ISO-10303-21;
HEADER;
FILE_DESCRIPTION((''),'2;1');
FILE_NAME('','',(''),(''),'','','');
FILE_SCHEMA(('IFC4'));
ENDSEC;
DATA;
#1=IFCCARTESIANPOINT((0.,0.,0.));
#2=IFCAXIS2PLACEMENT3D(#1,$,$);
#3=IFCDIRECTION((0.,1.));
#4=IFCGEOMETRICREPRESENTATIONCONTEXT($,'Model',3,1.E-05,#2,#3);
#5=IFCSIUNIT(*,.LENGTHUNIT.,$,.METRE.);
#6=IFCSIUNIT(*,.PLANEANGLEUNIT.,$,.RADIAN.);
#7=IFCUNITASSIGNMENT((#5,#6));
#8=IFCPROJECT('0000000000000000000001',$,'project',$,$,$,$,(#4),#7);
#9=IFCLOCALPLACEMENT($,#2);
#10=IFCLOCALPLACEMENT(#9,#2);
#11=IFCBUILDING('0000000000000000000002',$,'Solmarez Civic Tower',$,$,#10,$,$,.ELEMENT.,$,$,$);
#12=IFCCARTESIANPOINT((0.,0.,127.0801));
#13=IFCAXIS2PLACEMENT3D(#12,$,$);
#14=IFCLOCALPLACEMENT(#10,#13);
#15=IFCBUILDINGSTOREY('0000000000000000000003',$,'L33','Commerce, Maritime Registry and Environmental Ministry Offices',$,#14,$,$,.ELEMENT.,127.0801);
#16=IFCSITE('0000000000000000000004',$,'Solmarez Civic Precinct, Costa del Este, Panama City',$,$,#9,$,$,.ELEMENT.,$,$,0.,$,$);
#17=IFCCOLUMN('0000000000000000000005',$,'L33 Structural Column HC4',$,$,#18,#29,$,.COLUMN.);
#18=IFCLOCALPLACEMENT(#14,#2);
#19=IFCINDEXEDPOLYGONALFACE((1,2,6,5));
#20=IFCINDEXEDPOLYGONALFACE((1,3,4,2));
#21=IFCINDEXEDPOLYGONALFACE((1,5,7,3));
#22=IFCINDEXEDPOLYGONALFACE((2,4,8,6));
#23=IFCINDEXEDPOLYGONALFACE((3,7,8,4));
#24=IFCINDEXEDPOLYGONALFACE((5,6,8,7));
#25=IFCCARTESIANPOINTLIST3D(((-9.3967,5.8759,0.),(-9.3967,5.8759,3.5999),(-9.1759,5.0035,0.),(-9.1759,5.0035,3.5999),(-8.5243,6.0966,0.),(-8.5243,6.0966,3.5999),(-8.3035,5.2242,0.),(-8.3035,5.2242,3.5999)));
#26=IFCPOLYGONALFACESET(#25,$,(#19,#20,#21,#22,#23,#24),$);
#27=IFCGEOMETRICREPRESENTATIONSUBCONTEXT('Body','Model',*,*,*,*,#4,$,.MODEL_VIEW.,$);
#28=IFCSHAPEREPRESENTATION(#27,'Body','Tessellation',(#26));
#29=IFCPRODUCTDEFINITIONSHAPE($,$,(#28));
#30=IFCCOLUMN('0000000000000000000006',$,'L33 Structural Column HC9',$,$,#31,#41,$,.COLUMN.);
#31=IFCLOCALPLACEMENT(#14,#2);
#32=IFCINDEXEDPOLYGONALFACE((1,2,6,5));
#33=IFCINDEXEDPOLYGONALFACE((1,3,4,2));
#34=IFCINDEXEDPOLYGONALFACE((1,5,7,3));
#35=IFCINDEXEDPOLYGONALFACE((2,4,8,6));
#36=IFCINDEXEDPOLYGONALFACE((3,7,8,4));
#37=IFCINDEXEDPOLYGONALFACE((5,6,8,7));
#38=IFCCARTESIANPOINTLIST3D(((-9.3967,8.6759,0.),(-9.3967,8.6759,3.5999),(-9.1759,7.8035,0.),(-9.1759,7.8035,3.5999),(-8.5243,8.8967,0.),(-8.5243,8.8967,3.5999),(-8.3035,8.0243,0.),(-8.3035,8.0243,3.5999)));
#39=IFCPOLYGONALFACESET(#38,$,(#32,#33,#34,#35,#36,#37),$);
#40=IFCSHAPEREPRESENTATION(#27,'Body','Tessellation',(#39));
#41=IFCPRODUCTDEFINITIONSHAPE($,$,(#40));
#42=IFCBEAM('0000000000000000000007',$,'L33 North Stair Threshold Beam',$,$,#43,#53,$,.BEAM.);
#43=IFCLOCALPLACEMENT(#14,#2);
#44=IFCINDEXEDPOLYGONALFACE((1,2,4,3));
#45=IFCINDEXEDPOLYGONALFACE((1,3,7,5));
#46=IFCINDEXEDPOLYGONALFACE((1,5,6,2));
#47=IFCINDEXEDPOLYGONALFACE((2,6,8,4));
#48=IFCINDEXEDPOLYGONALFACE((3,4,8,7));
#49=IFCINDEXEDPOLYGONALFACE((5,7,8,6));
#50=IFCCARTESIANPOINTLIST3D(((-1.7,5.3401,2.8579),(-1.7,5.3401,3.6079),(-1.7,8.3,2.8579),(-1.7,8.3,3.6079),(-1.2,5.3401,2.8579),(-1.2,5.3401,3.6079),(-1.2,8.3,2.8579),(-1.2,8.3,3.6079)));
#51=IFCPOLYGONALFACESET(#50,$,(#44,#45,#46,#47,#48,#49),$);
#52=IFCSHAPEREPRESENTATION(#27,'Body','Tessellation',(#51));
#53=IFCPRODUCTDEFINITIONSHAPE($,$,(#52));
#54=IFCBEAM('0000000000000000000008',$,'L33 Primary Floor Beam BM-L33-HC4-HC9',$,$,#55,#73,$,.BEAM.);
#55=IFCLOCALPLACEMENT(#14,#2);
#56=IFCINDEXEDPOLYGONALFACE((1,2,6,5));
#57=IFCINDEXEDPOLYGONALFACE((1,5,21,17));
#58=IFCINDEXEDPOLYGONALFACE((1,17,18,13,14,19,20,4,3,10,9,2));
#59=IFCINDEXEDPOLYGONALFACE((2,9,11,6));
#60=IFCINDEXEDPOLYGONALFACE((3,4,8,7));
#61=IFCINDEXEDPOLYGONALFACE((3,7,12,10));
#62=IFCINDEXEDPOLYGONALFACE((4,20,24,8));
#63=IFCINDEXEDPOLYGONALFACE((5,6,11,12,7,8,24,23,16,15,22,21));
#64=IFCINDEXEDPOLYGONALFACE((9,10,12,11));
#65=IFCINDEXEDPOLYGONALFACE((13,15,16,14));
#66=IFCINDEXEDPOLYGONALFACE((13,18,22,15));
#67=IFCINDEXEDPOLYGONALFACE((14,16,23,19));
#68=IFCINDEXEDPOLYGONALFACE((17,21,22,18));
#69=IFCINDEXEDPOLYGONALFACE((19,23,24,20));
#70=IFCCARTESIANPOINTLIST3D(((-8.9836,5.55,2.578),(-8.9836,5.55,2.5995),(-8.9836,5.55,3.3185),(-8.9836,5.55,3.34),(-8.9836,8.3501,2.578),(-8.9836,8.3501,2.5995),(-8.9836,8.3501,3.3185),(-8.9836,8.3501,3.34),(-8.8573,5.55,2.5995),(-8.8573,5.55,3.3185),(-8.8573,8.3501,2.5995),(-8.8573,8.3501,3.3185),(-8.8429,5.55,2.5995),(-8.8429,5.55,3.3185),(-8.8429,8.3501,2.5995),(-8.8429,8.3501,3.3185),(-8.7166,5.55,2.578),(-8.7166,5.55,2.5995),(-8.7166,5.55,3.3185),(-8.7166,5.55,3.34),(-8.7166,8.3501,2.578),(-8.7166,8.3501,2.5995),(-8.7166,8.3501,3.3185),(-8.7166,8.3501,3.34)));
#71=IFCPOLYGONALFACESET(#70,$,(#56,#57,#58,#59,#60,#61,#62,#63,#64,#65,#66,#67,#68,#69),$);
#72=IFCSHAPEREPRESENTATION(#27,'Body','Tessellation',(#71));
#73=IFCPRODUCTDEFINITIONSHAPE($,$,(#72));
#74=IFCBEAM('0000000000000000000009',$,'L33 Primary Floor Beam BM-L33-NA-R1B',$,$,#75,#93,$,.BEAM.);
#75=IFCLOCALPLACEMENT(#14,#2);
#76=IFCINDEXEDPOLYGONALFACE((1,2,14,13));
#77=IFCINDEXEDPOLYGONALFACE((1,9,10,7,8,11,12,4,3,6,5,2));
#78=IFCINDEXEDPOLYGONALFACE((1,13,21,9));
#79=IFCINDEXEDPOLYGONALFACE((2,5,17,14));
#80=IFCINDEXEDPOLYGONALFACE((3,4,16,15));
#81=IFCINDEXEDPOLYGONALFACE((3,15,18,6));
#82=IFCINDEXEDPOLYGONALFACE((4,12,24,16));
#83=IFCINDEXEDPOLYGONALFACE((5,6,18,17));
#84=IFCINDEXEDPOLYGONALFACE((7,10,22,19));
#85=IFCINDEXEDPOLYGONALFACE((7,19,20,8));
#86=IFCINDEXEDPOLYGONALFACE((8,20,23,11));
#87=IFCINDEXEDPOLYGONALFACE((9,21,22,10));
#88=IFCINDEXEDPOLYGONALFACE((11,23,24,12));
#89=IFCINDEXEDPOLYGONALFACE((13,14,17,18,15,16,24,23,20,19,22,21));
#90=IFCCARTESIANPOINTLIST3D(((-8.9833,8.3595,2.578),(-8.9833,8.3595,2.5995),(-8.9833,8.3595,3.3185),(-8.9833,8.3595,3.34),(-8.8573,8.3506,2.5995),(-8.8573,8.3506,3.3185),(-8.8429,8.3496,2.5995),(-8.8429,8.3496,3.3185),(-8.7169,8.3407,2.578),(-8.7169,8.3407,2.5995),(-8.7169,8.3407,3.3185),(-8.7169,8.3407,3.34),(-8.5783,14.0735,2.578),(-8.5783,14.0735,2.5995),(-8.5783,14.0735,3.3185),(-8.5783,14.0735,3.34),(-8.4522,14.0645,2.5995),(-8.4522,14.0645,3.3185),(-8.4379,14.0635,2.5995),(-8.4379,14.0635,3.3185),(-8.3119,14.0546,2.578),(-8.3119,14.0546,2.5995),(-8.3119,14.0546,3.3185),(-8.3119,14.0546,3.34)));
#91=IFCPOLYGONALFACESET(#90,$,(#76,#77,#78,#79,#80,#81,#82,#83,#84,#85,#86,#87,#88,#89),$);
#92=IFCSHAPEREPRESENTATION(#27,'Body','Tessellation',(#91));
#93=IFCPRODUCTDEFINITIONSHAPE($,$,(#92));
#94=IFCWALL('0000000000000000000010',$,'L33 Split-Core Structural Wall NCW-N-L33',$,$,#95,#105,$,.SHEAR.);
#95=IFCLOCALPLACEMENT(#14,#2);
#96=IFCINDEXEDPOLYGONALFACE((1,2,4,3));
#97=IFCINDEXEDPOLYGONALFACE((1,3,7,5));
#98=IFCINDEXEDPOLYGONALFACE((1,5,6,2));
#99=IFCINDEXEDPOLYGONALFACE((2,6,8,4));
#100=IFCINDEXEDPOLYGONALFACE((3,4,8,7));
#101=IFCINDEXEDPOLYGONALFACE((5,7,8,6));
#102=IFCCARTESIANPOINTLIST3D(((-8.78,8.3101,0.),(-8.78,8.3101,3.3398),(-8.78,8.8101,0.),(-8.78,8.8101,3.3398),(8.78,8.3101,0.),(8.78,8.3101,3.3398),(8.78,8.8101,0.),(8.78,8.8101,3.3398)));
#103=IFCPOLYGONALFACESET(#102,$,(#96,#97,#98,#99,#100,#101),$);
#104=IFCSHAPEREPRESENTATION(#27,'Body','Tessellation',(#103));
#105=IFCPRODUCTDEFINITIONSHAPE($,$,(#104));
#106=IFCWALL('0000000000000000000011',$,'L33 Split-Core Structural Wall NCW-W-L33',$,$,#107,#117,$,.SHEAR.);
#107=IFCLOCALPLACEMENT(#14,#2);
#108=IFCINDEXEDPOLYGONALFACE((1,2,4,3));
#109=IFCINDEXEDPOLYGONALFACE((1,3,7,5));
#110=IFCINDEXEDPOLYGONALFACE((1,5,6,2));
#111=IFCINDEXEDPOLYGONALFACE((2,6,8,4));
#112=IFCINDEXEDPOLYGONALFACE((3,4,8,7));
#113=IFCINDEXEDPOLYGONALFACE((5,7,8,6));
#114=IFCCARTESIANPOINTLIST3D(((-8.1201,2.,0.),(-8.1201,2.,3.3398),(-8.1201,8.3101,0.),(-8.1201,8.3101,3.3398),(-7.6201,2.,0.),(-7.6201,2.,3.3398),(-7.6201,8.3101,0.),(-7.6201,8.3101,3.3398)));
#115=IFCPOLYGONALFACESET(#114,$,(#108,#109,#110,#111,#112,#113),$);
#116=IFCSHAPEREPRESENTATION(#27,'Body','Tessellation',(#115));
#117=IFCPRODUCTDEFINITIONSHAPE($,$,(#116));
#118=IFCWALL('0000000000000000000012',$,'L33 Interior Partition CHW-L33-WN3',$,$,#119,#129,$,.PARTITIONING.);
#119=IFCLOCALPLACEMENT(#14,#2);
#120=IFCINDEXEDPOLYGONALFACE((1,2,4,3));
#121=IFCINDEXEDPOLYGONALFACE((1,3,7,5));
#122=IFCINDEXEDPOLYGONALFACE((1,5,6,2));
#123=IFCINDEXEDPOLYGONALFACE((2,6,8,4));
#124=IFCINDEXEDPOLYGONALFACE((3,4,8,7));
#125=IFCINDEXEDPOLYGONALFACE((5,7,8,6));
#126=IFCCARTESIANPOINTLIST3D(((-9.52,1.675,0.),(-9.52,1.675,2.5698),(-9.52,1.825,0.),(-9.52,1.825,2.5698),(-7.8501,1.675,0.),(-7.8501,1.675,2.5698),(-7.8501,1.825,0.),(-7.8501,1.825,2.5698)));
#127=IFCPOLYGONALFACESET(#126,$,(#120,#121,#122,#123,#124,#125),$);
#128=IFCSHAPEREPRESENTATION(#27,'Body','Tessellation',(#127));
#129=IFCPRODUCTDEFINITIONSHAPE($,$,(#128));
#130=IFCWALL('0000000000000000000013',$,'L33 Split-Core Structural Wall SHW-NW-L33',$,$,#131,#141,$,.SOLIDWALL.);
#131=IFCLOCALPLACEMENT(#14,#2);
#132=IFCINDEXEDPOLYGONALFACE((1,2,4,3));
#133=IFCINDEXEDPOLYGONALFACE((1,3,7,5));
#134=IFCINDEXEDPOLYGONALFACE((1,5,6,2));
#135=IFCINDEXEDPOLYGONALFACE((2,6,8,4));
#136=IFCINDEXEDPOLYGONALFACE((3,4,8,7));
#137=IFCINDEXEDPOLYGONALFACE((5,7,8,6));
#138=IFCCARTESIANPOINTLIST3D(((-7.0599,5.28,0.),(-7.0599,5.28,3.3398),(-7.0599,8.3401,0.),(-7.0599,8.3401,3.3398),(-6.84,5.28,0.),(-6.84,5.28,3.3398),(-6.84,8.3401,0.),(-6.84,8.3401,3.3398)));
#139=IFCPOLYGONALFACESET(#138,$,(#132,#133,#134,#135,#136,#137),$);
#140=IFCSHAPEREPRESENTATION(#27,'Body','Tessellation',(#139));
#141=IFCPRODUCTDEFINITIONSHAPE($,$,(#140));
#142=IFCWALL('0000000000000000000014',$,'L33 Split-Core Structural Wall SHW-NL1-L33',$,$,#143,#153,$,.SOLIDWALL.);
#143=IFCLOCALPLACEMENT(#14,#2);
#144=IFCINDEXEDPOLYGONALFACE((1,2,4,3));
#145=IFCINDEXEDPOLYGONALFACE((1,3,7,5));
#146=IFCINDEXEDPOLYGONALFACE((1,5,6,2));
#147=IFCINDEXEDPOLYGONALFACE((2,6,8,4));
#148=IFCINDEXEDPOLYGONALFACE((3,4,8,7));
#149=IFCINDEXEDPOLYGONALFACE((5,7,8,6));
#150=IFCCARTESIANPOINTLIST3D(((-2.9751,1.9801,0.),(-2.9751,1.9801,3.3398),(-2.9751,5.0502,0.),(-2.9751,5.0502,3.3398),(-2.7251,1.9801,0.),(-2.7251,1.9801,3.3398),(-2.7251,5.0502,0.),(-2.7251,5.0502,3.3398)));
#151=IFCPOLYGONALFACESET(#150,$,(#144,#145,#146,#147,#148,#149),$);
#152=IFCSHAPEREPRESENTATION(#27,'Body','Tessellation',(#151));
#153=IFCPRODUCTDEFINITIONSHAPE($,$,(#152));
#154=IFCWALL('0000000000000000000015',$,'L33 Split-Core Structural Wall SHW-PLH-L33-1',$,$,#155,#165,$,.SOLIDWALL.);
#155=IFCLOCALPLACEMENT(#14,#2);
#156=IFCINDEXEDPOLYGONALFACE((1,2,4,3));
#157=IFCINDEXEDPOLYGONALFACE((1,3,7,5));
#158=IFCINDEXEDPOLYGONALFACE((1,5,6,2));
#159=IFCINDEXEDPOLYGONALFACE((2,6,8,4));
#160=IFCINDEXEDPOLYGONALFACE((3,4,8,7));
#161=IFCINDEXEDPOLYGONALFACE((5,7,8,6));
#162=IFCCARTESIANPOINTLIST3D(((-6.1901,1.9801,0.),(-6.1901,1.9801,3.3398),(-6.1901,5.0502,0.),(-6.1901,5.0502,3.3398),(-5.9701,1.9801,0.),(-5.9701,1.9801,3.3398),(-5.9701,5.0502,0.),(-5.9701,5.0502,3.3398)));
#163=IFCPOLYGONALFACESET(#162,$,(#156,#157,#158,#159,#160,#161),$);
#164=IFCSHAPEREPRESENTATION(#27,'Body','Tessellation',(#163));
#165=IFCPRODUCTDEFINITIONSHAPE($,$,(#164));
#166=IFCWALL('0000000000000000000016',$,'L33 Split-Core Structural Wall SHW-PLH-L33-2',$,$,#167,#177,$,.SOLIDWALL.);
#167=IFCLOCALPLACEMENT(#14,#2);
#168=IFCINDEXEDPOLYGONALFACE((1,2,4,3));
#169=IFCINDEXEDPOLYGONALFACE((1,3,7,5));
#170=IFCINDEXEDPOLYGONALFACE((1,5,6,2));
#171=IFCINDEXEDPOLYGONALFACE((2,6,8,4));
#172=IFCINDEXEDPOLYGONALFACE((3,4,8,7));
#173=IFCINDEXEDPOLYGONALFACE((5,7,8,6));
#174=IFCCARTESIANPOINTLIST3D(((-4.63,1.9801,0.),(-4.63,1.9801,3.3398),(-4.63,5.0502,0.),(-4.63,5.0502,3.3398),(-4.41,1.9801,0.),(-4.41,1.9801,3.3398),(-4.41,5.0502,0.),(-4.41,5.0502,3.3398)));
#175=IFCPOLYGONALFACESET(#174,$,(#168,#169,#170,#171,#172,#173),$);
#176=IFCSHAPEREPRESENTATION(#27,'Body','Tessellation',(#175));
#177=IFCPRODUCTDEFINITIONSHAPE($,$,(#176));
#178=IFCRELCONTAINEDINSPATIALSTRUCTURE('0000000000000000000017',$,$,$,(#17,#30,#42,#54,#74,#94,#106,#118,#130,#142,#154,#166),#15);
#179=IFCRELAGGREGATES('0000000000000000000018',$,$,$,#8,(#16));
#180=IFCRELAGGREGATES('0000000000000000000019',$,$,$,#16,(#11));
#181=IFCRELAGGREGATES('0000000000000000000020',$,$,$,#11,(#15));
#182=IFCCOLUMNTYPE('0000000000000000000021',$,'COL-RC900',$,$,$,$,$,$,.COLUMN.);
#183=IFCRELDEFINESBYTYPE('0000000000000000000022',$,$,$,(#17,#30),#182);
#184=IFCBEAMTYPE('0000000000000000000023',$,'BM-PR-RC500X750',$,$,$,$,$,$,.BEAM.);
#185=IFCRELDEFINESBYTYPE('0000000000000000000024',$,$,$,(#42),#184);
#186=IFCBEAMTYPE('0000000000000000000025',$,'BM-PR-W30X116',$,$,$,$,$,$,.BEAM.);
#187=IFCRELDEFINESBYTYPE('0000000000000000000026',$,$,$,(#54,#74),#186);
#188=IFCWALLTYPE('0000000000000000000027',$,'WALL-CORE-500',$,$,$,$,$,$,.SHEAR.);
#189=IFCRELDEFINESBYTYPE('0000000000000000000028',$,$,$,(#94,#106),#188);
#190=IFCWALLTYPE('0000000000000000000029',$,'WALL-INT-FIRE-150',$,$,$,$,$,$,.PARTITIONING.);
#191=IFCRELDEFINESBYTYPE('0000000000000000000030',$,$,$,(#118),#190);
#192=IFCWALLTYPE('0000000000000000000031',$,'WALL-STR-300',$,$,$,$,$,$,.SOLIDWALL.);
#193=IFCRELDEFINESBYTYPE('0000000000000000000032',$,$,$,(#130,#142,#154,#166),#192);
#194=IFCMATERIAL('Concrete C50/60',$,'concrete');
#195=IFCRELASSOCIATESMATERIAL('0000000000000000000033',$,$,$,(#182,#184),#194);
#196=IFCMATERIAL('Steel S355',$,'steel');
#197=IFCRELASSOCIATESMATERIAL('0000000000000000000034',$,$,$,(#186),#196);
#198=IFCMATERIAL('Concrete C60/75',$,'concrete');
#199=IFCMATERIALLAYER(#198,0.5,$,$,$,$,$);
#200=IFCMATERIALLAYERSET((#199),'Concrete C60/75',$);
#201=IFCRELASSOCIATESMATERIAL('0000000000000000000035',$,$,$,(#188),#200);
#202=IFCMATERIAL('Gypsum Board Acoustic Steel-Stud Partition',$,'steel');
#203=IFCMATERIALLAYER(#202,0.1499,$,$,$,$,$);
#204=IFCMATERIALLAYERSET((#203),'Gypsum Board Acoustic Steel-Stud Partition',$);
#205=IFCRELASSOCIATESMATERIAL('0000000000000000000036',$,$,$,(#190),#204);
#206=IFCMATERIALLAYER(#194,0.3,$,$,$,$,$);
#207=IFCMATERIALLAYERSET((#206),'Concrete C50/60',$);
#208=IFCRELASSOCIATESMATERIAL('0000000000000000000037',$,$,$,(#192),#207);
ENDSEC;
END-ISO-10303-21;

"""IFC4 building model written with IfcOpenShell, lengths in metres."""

from ifc_helpers import new_model, si_unit, direction, frame, frame_2d, origin, origin_2d, place, context, subcontext, project, spatial, rectangle, i_section, extrude, material, layer, layer_set, material_profile, profile_set, type_object, element, save


model = new_model("IFC4")

# Units and contexts
model_context = context("Model", 3, precision=1e-05, world=origin(), true_north=direction((0.0, 1.0)))
body_context = subcontext(model_context, "Body", "Model", "MODEL_VIEW")
ifc_project = project(units=[si_unit("LENGTHUNIT", "METRE"), si_unit("PLANEANGLEUNIT", "RADIAN")], contexts=[model_context])

# Site, building, storey
site_placement = place(None, origin())
site = spatial("IfcSite", under=ifc_project, at=site_placement, Name="Solmarez Civic Precinct, Costa del Este, Panama City", CompositionType="ELEMENT", RefElevation=0.0)
building_placement = place(site_placement, origin())
building = spatial("IfcBuilding", under=site, at=building_placement, Name="Solmarez Civic Tower", CompositionType="ELEMENT")
storey_placement = place(building_placement, frame((0.0, 0.0, 127.0801)))
storey = spatial("IfcBuildingStorey", under=building, at=storey_placement, Name="L33", Description="Commerce, Maritime Registry and Environmental Ministry Offices", CompositionType="ELEMENT", Elevation=127.0801)

# Columns
ifc_material_1 = material(Name="Concrete C50/60", Category="concrete")
ifc_material_profile_1 = material_profile(ifc_material_1, rectangle(XDim=0.8999, YDim=0.8999, at=origin_2d()), Name="RC900X900")
ifc_profile_set_1 = profile_set([ifc_material_profile_1], Name="Concrete C50/60")
column_type = type_object("IfcColumnType", Name="COL-RC900", PredefinedType="COLUMN", material=ifc_profile_set_1)
for number, where, z_axis, x_axis, name in (
    (1, (-8.8501, 5.55, 0.0), (0.0, 0.0, 1.0), (0.969445, 0.245307, 0.0), "L33 Structural Column HC4"),
    (2, (-8.8501, 8.3501, 0.0), (0.0, 0.0, 1.0), (0.969445, 0.245307, 0.0), "L33 Structural Column HC9"),
):
    element("IfcColumn", number, at=place(storey_placement, frame(where, z_axis=z_axis, x_axis=x_axis)), inside=storey, type_object=column_type, Name=name, PredefinedType="COLUMN", context=body_context, shape_type="SweptSolid", body=[
        extrude(rectangle(XDim=0.8999, YDim=0.8999, at=origin_2d()), origin(), (0.0, 0.0, 1.0), 3.5999),
    ])

# Beams
ifc_material_profile_2 = material_profile(ifc_material_1, rectangle(XDim=0.5, YDim=0.75, at=origin_2d()), Name="RC500X750")
ifc_profile_set_2 = profile_set([ifc_material_profile_2], Name="Concrete C50/60")
beam_type_1 = type_object("IfcBeamType", Name="BM-PR-RC500X750", PredefinedType="BEAM", material=ifc_profile_set_2)
beam_1_placement = place(storey_placement, frame((-1.45, 5.3401, 3.2329), z_axis=(0.0, 1.0, 0.0), x_axis=(-1.0, 0.0, 0.0)))
element("IfcBeam", 3, at=beam_1_placement, inside=storey, type_object=beam_type_1, Name="L33 North Stair Threshold Beam", PredefinedType="BEAM", context=body_context, shape_type="SweptSolid", body=[
    extrude(rectangle(XDim=0.5, YDim=0.75, at=origin_2d()), origin(), (0.0, 0.0, 1.0), 2.96),
])
ifc_material_2 = material(Name="Steel S355", Category="steel")
ifc_material_profile_3 = material_profile(ifc_material_2, i_section(OverallWidth=0.2671, OverallDepth=0.762, WebThickness=0.0144, FlangeThickness=0.0215, at=origin_2d()), Name="W30X116")
ifc_profile_set_3 = profile_set([ifc_material_profile_3], Name="Steel S355")
beam_type_2 = type_object("IfcBeamType", Name="BM-PR-W30X116", PredefinedType="BEAM", material=ifc_profile_set_3)
beam_2_placement = place(storey_placement, frame((-8.8501, 5.55, 2.959), z_axis=(0.0, 1.0, 0.0), x_axis=(-1.0, 0.0, 0.0)))
element("IfcBeam", 4, at=beam_2_placement, inside=storey, type_object=beam_type_2, Name="L33 Primary Floor Beam BM-L33-HC4-HC9", PredefinedType="BEAM", context=body_context, shape_type="SweptSolid", body=[
    extrude(i_section(OverallWidth=0.2671, OverallDepth=0.762, WebThickness=0.0144, FlangeThickness=0.0215, at=origin_2d()), origin(), (0.0, 0.0, 1.0), 2.8),
])
beam_3_placement = place(storey_placement, frame((-8.8501, 8.3501, 2.959), z_axis=(0.070708, 0.997497, 0.0), x_axis=(-0.997497, 0.070708, 0.0)))
element("IfcBeam", 5, at=beam_3_placement, inside=storey, type_object=beam_type_2, Name="L33 Primary Floor Beam BM-L33-NA-R1B", PredefinedType="BEAM", context=body_context, shape_type="SweptSolid", body=[
    extrude(i_section(OverallWidth=0.2671, OverallDepth=0.762, WebThickness=0.0144, FlangeThickness=0.0215, at=origin_2d()), origin(), (0.0, 0.0, 1.0), 5.7283),
])

# Walls
ifc_material_3 = material(Name="Concrete C60/75", Category="concrete")
ifc_layer_1 = layer(ifc_material_3, 0.5)
ifc_layer_set_1 = layer_set([ifc_layer_1], Name="Concrete C60/75")
wall_type_1 = type_object("IfcWallType", Name="WALL-CORE-500", PredefinedType="SHEAR", material=ifc_layer_set_1)
wall_1_placement = place(storey_placement, frame((-8.78, 8.5601, 0.0), z_axis=(0.0, 0.0, 1.0), x_axis=(1.0, 0.0, 0.0)))
element("IfcWall", 6, at=wall_1_placement, inside=storey, type_object=wall_type_1, Name="L33 Split-Core Structural Wall NCW-N-L33", PredefinedType="SHEAR", context=body_context, shape_type="SweptSolid", body=[
    extrude(rectangle(XDim=17.5601, YDim=0.5, at=frame_2d((8.78, 0.0))), origin(), (0.0, 0.0, 1.0), 3.3398),
])
wall_2_placement = place(storey_placement, frame((-7.8701, 2.0, 0.0), z_axis=(0.0, 0.0, 1.0), x_axis=(0.0, 1.0, 0.0)))
element("IfcWall", 7, at=wall_2_placement, inside=storey, type_object=wall_type_1, Name="L33 Split-Core Structural Wall NCW-W-L33", PredefinedType="SHEAR", context=body_context, shape_type="SweptSolid", body=[
    extrude(rectangle(XDim=6.3101, YDim=0.5, at=frame_2d((3.155, 0.0))), origin(), (0.0, 0.0, 1.0), 3.3398),
])
ifc_material_4 = material(Name="Gypsum Board Acoustic Steel-Stud Partition", Category="steel")
ifc_layer_2 = layer(ifc_material_4, 0.1499)
ifc_layer_set_2 = layer_set([ifc_layer_2], Name="Gypsum Board Acoustic Steel-Stud Partition")
wall_type_2 = type_object("IfcWallType", Name="WALL-INT-FIRE-150", PredefinedType="PARTITIONING", material=ifc_layer_set_2)
wall_3_placement = place(storey_placement, frame((-7.8501, 1.75, 0.0), z_axis=(0.0, 0.0, 1.0), x_axis=(-1.0, 0.0, 0.0)))
element("IfcWall", 8, at=wall_3_placement, inside=storey, type_object=wall_type_2, Name="L33 Interior Partition CHW-L33-WN3", PredefinedType="PARTITIONING", context=body_context, shape_type="SweptSolid", body=[
    extrude(rectangle(XDim=1.6699, YDim=0.1499, at=frame_2d((0.835, 0.0))), origin(), (0.0, 0.0, 1.0), 2.5698),
])
ifc_layer_3 = layer(ifc_material_1, 0.3)
ifc_layer_set_3 = layer_set([ifc_layer_3], Name="Concrete C50/60")
wall_type_3 = type_object("IfcWallType", Name="WALL-STR-300", PredefinedType="SOLIDWALL", material=ifc_layer_set_3)
wall_4_placement = place(storey_placement, frame((-6.95, 5.28, 0.0), z_axis=(0.0, 0.0, 1.0), x_axis=(0.0, 1.0, 0.0)))
element("IfcWall", 9, at=wall_4_placement, inside=storey, type_object=wall_type_3, Name="L33 Split-Core Structural Wall SHW-NW-L33", PredefinedType="SOLIDWALL", context=body_context, shape_type="SweptSolid", body=[
    extrude(rectangle(XDim=3.0601, YDim=0.22, at=frame_2d((1.53, 0.0))), origin(), (0.0, 0.0, 1.0), 3.3398),
])
wall_5_placement = place(storey_placement, frame((-2.8501, 1.98, 0.0), z_axis=(0.0, 0.0, 1.0), x_axis=(0.0, 1.0, 0.0)))
element("IfcWall", 10, at=wall_5_placement, inside=storey, type_object=wall_type_3, Name="L33 Split-Core Structural Wall SHW-NL1-L33", PredefinedType="SOLIDWALL", context=body_context, shape_type="SweptSolid", body=[
    extrude(rectangle(XDim=3.0701, YDim=0.25, at=frame_2d((1.5352, 0.0))), origin(), (0.0, 0.0, 1.0), 3.3398),
])
for number, where, z_axis, x_axis, name in (
    (11, (-6.0801, 1.98, 0.0), (0.0, 0.0, 1.0), (0.0, 1.0, 0.0), "L33 Split-Core Structural Wall SHW-PLH-L33-1"),
    (12, (-4.52, 1.98, 0.0), (0.0, 0.0, 1.0), (0.0, 1.0, 0.0), "L33 Split-Core Structural Wall SHW-PLH-L33-2"),
):
    element("IfcWall", number, at=place(storey_placement, frame(where, z_axis=z_axis, x_axis=x_axis)), inside=storey, type_object=wall_type_3, Name=name, PredefinedType="SOLIDWALL", context=body_context, shape_type="SweptSolid", body=[
        extrude(rectangle(XDim=3.0701, YDim=0.22, at=frame_2d((1.5352, 0.0))), origin(), (0.0, 0.0, 1.0), 3.3398),
    ])

save(model, "model.ifc")
